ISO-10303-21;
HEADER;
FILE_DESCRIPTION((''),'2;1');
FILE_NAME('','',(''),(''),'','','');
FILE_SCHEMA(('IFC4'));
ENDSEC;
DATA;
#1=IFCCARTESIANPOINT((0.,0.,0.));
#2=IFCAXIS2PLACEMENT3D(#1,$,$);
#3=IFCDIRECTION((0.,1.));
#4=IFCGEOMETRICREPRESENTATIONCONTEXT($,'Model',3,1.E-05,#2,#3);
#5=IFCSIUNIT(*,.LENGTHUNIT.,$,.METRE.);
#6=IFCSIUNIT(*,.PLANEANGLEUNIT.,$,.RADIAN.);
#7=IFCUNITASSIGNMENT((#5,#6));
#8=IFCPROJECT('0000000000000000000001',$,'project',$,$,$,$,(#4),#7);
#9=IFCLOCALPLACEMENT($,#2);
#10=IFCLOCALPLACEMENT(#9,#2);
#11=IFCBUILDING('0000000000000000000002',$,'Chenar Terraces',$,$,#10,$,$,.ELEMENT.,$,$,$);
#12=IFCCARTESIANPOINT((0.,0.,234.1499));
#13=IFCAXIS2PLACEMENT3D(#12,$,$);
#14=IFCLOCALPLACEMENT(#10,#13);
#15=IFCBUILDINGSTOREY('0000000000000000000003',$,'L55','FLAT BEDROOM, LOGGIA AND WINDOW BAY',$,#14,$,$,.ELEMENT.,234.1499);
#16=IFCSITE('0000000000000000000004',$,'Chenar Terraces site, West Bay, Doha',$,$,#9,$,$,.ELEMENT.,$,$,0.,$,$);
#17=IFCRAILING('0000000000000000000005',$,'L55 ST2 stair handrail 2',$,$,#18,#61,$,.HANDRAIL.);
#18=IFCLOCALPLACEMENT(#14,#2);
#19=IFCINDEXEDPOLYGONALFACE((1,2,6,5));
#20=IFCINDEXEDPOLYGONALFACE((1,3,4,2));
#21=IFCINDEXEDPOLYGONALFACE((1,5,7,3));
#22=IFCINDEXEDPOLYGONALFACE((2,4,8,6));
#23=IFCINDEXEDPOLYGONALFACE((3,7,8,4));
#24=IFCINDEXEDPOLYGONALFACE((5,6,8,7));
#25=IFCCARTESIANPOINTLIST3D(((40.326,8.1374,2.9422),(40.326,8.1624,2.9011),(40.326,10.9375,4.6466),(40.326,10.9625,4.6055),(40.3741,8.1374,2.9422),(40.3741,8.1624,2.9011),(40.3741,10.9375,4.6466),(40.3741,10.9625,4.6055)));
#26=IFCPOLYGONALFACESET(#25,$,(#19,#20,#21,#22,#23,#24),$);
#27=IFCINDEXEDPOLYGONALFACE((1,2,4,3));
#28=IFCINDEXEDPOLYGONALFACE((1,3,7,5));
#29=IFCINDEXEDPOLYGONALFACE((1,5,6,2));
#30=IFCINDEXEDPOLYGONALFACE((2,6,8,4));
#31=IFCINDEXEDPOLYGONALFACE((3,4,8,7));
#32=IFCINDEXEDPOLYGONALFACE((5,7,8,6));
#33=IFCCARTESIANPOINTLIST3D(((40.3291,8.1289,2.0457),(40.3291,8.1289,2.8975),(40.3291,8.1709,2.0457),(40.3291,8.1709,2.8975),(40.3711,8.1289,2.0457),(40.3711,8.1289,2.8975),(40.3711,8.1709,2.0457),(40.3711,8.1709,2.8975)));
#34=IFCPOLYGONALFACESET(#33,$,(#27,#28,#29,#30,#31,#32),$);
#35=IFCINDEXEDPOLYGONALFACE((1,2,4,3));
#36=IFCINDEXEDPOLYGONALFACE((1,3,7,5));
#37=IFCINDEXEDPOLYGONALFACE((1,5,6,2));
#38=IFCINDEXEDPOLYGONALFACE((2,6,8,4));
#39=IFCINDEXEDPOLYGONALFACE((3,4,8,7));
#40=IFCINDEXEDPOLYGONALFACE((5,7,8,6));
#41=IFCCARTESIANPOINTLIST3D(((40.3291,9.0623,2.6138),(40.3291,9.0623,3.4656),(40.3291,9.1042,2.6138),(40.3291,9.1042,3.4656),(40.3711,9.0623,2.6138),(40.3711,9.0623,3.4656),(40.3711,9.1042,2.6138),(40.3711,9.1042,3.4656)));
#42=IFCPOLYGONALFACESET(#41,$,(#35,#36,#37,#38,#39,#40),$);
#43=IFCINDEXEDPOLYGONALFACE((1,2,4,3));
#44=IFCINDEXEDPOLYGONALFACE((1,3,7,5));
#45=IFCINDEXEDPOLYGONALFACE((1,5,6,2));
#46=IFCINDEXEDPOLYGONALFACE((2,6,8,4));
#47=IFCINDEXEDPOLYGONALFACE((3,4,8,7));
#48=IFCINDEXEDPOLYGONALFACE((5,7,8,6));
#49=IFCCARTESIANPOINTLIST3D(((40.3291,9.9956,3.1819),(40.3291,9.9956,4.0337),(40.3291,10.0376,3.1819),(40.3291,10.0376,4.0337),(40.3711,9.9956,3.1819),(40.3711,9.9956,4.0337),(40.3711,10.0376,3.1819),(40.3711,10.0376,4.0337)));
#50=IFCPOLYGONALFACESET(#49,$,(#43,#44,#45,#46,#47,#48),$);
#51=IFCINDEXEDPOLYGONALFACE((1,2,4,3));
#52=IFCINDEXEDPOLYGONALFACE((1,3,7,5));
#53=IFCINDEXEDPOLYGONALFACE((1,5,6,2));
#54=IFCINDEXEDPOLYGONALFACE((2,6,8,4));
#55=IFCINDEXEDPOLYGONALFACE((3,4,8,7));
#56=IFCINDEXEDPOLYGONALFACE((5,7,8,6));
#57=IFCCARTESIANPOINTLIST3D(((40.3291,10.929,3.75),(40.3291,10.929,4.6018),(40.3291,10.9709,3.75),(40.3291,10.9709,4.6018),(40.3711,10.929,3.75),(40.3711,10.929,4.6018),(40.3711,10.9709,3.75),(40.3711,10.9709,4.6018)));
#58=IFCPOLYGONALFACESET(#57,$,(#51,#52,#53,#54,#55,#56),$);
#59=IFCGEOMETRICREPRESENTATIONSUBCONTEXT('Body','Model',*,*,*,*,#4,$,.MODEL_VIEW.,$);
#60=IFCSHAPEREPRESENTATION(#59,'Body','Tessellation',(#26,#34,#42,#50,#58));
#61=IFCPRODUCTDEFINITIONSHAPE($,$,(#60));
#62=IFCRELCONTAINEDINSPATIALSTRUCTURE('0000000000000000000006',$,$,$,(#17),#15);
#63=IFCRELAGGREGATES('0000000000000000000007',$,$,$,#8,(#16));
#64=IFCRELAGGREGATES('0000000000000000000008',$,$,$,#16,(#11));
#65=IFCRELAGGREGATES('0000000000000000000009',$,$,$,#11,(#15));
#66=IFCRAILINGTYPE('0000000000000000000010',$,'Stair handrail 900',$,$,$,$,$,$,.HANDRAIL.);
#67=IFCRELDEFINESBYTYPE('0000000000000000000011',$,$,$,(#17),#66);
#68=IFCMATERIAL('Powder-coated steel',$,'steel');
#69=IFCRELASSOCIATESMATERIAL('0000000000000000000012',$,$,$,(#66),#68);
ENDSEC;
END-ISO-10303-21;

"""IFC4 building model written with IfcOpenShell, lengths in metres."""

from ifc_helpers import new_model, si_unit, direction, frame, origin, origin_2d, place, context, subcontext, project, spatial, rectangle, extrude, material, type_object, element, save


model = new_model("IFC4")

# Units and contexts
model_context = context("Model", 3, precision=1e-05, world=origin(), true_north=direction((0.0, 1.0)))
body_context = subcontext(model_context, "Body", "Model", "MODEL_VIEW")
ifc_project = project(units=[si_unit("LENGTHUNIT", "METRE"), si_unit("PLANEANGLEUNIT", "RADIAN")], contexts=[model_context])

# Site, building, storey
site_placement = place(None, origin())
site = spatial("IfcSite", under=ifc_project, at=site_placement, Name="Chenar Terraces site, West Bay, Doha", CompositionType="ELEMENT", RefElevation=0.0)
building_placement = place(site_placement, origin())
building = spatial("IfcBuilding", under=site, at=building_placement, Name="Chenar Terraces", CompositionType="ELEMENT")
storey_placement = place(building_placement, frame((0.0, 0.0, 234.1499)))
storey = spatial("IfcBuildingStorey", under=building, at=storey_placement, Name="L55", Description="FLAT BEDROOM, LOGGIA AND WINDOW BAY", CompositionType="ELEMENT", Elevation=234.1499)

# Railing
ifc_material_1 = material(Name="Powder-coated steel", Category="steel")
railing_type_1 = type_object("IfcRailingType", Name="Stair handrail 900", PredefinedType="HANDRAIL", material=ifc_material_1)
railing_1_placement = place(storey_placement, frame((40.3501, 8.1499, 2.0457)))
element("IfcRailing", 1, at=railing_1_placement, inside=storey, type_object=railing_type_1, Name="L55 ST2 stair handrail 2", PredefinedType="HANDRAIL", context=body_context, shape_type="SweptSolid", body=[
    extrude(rectangle(XDim=0.0481, YDim=0.0481, at=origin_2d()), frame((0.0, 0.0, 0.876), z_axis=(0.0, 0.854203, 0.51994), x_axis=(-1.0, 0.0, 0.0)), (0.0, 0.0, 1.0), 3.2781),
    extrude(rectangle(XDim=0.042, YDim=0.042, at=origin_2d()), origin(), (0.0, 0.0, 1.0), 0.8518),
    extrude(rectangle(XDim=0.042, YDim=0.042, at=origin_2d()), frame((0.0, 0.9333, 0.5681)), (0.0, 0.0, 1.0), 0.8518),
    extrude(rectangle(XDim=0.042, YDim=0.042, at=origin_2d()), frame((0.0, 1.8667, 1.1362)), (0.0, 0.0, 1.0), 0.8518),
    extrude(rectangle(XDim=0.042, YDim=0.042, at=origin_2d()), frame((0.0, 2.8, 1.7043)), (0.0, 0.0, 1.0), 0.8518),
])

save(model, "model.ifc")
